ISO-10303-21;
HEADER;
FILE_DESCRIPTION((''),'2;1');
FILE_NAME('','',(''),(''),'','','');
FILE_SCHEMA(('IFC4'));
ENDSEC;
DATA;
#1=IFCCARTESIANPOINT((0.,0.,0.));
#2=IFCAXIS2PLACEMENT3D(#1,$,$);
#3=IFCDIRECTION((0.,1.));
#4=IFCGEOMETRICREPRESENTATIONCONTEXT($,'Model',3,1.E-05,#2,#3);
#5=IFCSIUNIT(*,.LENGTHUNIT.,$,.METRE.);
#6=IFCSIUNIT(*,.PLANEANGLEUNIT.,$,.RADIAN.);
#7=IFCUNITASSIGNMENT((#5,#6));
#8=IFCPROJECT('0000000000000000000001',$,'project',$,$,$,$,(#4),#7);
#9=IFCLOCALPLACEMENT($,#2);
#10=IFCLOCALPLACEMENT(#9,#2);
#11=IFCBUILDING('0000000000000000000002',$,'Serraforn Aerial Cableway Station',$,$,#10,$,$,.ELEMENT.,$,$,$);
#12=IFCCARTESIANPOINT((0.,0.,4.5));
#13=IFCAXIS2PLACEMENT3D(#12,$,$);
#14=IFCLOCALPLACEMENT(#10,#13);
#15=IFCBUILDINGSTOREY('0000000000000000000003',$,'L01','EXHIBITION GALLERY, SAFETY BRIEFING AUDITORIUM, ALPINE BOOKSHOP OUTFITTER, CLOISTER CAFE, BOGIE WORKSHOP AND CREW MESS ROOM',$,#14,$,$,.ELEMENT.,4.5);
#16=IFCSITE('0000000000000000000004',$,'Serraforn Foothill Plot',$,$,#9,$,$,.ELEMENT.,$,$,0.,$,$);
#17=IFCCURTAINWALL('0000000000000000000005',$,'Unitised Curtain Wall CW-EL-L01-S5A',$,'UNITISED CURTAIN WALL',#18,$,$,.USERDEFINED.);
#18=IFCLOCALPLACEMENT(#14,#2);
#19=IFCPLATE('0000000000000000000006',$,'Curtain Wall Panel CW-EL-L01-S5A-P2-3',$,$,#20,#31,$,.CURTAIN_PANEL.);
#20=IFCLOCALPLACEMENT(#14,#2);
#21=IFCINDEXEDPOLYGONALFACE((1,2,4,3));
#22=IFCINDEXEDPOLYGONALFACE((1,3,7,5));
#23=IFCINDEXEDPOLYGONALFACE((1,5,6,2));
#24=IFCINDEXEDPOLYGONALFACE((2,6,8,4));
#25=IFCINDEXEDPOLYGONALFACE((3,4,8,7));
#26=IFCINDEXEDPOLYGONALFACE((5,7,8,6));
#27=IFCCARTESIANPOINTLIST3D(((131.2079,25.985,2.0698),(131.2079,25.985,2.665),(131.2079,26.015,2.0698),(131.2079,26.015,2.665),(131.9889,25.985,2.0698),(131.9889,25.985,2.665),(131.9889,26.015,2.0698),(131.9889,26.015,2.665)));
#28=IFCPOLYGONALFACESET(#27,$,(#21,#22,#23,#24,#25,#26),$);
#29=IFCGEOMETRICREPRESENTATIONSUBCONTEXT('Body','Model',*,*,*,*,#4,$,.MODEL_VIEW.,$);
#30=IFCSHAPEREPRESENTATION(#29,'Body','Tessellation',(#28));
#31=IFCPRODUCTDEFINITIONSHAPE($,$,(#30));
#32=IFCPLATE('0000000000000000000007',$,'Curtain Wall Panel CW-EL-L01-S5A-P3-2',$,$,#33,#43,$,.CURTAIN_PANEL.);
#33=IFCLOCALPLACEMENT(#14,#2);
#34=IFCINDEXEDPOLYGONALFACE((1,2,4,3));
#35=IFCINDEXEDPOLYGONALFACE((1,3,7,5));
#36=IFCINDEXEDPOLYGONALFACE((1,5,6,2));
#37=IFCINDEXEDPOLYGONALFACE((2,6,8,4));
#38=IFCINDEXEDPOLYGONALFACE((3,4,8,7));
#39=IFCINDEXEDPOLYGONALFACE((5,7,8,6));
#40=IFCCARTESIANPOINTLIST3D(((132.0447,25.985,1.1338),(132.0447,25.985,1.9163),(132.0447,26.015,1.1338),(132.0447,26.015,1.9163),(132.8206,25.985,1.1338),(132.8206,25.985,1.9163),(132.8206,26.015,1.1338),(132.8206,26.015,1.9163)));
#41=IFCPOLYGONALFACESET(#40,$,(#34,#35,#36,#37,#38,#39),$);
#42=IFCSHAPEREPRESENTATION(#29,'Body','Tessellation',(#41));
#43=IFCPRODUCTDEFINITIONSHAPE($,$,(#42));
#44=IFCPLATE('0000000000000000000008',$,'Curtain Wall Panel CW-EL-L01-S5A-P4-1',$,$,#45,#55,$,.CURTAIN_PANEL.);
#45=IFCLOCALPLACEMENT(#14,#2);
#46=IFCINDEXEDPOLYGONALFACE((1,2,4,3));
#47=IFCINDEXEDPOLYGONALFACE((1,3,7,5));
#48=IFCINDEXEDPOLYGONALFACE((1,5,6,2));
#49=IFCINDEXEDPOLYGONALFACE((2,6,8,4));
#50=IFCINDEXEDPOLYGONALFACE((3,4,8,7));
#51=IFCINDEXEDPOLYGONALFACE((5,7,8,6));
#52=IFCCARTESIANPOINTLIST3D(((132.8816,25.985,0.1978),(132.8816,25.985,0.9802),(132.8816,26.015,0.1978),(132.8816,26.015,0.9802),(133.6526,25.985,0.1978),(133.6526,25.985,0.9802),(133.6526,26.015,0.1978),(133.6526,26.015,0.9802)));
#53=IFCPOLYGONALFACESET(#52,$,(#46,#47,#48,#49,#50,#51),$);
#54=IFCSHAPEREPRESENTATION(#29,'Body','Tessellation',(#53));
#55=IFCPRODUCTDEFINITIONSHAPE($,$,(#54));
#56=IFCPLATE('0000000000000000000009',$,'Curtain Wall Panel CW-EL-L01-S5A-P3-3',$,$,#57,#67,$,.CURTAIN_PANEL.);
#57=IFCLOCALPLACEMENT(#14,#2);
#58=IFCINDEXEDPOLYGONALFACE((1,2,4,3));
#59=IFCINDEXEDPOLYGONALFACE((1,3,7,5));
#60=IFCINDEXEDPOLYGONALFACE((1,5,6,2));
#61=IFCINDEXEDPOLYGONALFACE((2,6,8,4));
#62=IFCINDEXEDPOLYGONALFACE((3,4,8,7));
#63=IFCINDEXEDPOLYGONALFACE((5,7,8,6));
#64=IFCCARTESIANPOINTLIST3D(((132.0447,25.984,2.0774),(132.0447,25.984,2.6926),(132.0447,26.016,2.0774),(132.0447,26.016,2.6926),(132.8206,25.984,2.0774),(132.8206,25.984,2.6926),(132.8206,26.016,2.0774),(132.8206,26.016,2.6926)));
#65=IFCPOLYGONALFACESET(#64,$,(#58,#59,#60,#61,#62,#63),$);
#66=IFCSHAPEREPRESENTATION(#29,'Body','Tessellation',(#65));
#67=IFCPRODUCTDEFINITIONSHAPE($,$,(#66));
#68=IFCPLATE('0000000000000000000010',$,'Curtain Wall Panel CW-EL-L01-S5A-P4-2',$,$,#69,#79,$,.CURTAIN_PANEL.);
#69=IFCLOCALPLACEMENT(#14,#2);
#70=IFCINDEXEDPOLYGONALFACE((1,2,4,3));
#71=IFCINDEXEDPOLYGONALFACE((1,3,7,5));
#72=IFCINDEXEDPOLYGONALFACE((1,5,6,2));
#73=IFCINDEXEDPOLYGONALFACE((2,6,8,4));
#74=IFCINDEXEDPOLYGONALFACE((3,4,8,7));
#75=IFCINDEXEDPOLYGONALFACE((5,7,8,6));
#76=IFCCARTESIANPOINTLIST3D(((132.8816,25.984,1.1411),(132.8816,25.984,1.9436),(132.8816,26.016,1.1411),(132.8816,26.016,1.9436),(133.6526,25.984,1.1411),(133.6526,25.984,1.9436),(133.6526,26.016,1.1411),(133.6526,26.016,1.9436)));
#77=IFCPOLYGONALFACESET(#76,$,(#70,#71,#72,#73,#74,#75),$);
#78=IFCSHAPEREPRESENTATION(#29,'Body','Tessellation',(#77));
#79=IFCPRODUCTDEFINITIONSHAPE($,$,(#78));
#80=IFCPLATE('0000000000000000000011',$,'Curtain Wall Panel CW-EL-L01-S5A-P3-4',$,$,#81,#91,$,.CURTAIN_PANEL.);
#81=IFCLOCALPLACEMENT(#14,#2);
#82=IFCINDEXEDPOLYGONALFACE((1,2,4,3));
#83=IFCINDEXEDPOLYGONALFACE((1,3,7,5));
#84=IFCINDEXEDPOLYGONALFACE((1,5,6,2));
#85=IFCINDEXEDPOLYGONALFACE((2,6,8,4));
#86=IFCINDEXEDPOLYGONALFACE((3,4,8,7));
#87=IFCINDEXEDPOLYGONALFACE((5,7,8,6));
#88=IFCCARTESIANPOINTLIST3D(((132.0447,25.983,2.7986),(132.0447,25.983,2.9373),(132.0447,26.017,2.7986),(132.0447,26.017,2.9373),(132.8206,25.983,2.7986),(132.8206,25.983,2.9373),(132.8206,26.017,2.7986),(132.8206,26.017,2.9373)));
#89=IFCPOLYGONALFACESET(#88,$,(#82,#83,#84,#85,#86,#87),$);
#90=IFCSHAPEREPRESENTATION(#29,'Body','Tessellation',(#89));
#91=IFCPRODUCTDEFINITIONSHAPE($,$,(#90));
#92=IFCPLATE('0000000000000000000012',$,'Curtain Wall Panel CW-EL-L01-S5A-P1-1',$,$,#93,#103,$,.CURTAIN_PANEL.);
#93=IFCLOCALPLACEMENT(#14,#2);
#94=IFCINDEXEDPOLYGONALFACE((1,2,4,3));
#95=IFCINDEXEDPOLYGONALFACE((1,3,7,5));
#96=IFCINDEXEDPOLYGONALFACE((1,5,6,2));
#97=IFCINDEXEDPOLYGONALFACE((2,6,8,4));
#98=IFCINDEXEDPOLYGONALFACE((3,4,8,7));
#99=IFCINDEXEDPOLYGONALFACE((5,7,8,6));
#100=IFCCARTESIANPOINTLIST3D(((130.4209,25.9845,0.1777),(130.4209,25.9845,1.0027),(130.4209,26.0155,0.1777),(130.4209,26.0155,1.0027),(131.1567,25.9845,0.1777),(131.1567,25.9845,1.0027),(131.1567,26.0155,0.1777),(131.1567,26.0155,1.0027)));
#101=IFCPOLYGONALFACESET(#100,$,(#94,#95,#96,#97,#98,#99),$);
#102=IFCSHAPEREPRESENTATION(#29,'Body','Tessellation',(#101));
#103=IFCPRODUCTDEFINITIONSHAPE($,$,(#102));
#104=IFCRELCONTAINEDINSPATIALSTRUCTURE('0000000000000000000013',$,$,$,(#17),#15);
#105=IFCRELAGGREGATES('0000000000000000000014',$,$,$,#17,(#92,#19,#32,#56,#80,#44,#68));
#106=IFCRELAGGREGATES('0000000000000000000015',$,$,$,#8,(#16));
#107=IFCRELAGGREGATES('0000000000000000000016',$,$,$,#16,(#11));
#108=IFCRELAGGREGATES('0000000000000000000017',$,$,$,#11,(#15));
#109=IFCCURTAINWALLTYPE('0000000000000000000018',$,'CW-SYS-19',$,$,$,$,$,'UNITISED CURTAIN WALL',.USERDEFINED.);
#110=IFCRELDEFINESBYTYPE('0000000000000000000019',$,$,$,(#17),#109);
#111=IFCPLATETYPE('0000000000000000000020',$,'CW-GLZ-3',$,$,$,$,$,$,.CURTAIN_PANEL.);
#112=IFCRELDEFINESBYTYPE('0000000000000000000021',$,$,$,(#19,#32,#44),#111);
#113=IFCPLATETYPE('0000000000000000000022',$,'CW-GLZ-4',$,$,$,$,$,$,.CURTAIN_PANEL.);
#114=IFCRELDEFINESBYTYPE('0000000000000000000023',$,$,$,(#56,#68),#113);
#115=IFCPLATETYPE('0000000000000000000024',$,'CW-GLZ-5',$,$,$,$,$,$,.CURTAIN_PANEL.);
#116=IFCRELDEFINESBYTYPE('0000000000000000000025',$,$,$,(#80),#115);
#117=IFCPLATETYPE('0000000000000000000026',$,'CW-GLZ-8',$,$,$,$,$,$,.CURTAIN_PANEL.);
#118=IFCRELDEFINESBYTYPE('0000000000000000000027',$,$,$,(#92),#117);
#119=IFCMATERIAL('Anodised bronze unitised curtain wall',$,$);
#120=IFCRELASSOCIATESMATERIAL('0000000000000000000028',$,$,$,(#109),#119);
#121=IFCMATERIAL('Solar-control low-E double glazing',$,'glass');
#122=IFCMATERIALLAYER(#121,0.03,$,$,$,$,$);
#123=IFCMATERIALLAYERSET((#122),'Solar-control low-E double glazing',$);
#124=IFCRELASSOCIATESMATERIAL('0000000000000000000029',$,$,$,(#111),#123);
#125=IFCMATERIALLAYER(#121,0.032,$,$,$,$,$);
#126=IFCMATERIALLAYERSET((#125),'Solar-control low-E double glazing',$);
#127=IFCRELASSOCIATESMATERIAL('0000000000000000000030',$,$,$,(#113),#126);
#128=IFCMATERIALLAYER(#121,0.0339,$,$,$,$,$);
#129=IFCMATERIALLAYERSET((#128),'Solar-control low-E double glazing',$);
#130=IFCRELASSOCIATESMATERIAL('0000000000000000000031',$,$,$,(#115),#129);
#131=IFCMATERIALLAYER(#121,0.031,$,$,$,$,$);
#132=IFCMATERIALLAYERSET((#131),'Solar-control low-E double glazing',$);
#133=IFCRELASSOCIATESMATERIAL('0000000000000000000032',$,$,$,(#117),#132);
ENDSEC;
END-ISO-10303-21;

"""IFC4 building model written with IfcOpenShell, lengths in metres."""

from ifc_helpers import new_model, si_unit, direction, frame, origin, origin_2d, place, context, subcontext, project, spatial, rectangle, extrude, material, layer, layer_set, type_object, element, aggregate, save


model = new_model("IFC4")

# Units and contexts
model_context = context("Model", 3, precision=1e-05, world=origin(), true_north=direction((0.0, 1.0)))
body_context = subcontext(model_context, "Body", "Model", "MODEL_VIEW")
ifc_project = project(units=[si_unit("LENGTHUNIT", "METRE"), si_unit("PLANEANGLEUNIT", "RADIAN")], contexts=[model_context])

# Site, building, storey
site_placement = place(None, origin())
site = spatial("IfcSite", under=ifc_project, at=site_placement, Name="Serraforn Foothill Plot", CompositionType="ELEMENT", RefElevation=0.0)
building_placement = place(site_placement, origin())
building = spatial("IfcBuilding", under=site, at=building_placement, Name="Serraforn Aerial Cableway Station", CompositionType="ELEMENT")
storey_placement = place(building_placement, frame((0.0, 0.0, 4.5)))
storey = spatial("IfcBuildingStorey", under=building, at=storey_placement, Name="L01", Description="EXHIBITION GALLERY, SAFETY BRIEFING AUDITORIUM, ALPINE BOOKSHOP OUTFITTER, CLOISTER CAFE, BOGIE WORKSHOP AND CREW MESS ROOM", CompositionType="ELEMENT", Elevation=4.5)

# Curtain wall, plates
ifc_material_1 = material(Name="Anodised bronze unitised curtain wall")
curtain_wall_type = type_object("IfcCurtainWallType", Name="CW-SYS-19", ElementType="UNITISED CURTAIN WALL", PredefinedType="USERDEFINED", material=ifc_material_1)
curtain_wall_placement = place(storey_placement, origin())
curtain_wall = element("IfcCurtainWall", 1, at=curtain_wall_placement, inside=storey, type_object=curtain_wall_type, Name="Unitised Curtain Wall CW-EL-L01-S5A", ObjectType="UNITISED CURTAIN WALL", PredefinedType="USERDEFINED")
ifc_material_2 = material(Name="Solar-control low-E double glazing", Category="glass")
ifc_layer_1 = layer(ifc_material_2, 0.03)
ifc_layer_set_1 = layer_set([ifc_layer_1], Name="Solar-control low-E double glazing")
plate_type_1 = type_object("IfcPlateType", Name="CW-GLZ-3", PredefinedType="CURTAIN_PANEL", material=ifc_layer_set_1)
plate_1_placement = place(storey_placement, frame((131.5984, 26.0, 2.0698), z_axis=(0.0, 0.0, 1.0), x_axis=(1.0, 0.0, 0.0)))
plate_1 = element("IfcPlate", 2, at=plate_1_placement, type_object=plate_type_1, Name="Curtain Wall Panel CW-EL-L01-S5A-P2-3", PredefinedType="CURTAIN_PANEL", context=body_context, shape_type="SweptSolid", body=[
    extrude(rectangle(XDim=0.781, YDim=0.03, at=origin_2d()), origin(), (0.0, 0.0, 1.0), 0.5952),
])
plate_2_placement = place(storey_placement, frame((132.4326, 26.0, 1.1338), z_axis=(0.0, 0.0, 1.0), x_axis=(1.0, 0.0, 0.0)))
plate_2 = element("IfcPlate", 3, at=plate_2_placement, type_object=plate_type_1, Name="Curtain Wall Panel CW-EL-L01-S5A-P3-2", PredefinedType="CURTAIN_PANEL", context=body_context, shape_type="SweptSolid", body=[
    extrude(rectangle(XDim=0.7759, YDim=0.03, at=origin_2d()), origin(), (0.0, 0.0, 1.0), 0.7825),
])
plate_3_placement = place(storey_placement, frame((133.2671, 26.0, 0.1978), z_axis=(0.0, 0.0, 1.0), x_axis=(1.0, 0.0, 0.0)))
plate_3 = element("IfcPlate", 4, at=plate_3_placement, type_object=plate_type_1, Name="Curtain Wall Panel CW-EL-L01-S5A-P4-1", PredefinedType="CURTAIN_PANEL", context=body_context, shape_type="SweptSolid", body=[
    extrude(rectangle(XDim=0.771, YDim=0.03, at=origin_2d()), origin(), (0.0, 0.0, 1.0), 0.7825),
])
ifc_layer_2 = layer(ifc_material_2, 0.032)
ifc_layer_set_2 = layer_set([ifc_layer_2], Name="Solar-control low-E double glazing")
plate_type_2 = type_object("IfcPlateType", Name="CW-GLZ-4", PredefinedType="CURTAIN_PANEL", material=ifc_layer_set_2)
plate_4_placement = place(storey_placement, frame((132.4326, 26.0, 2.0774), z_axis=(0.0, 0.0, 1.0), x_axis=(1.0, 0.0, 0.0)))
plate_4 = element("IfcPlate", 5, at=plate_4_placement, type_object=plate_type_2, Name="Curtain Wall Panel CW-EL-L01-S5A-P3-3", PredefinedType="CURTAIN_PANEL", context=body_context, shape_type="SweptSolid", body=[
    extrude(rectangle(XDim=0.7759, YDim=0.032, at=origin_2d()), origin(), (0.0, 0.0, 1.0), 0.6152),
])
plate_5_placement = place(storey_placement, frame((133.2671, 26.0, 1.1411), z_axis=(0.0, 0.0, 1.0), x_axis=(1.0, 0.0, 0.0)))
plate_5 = element("IfcPlate", 6, at=plate_5_placement, type_object=plate_type_2, Name="Curtain Wall Panel CW-EL-L01-S5A-P4-2", PredefinedType="CURTAIN_PANEL", context=body_context, shape_type="SweptSolid", body=[
    extrude(rectangle(XDim=0.771, YDim=0.032, at=origin_2d()), origin(), (0.0, 0.0, 1.0), 0.8025),
])
ifc_layer_3 = layer(ifc_material_2, 0.0339)
ifc_layer_set_3 = layer_set([ifc_layer_3], Name="Solar-control low-E double glazing")
plate_type_3 = type_object("IfcPlateType", Name="CW-GLZ-5", PredefinedType="CURTAIN_PANEL", material=ifc_layer_set_3)
plate_6_placement = place(storey_placement, frame((132.4326, 26.0, 2.7986), z_axis=(0.0, 0.0, 1.0), x_axis=(1.0, 0.0, 0.0)))
plate_6 = element("IfcPlate", 7, at=plate_6_placement, type_object=plate_type_3, Name="Curtain Wall Panel CW-EL-L01-S5A-P3-4", PredefinedType="CURTAIN_PANEL", context=body_context, shape_type="SweptSolid", body=[
    extrude(rectangle(XDim=0.7759, YDim=0.0339, at=origin_2d()), origin(), (0.0, 0.0, 1.0), 0.1387),
])
ifc_layer_4 = layer(ifc_material_2, 0.031)
ifc_layer_set_4 = layer_set([ifc_layer_4], Name="Solar-control low-E double glazing")
plate_type_4 = type_object("IfcPlateType", Name="CW-GLZ-8", PredefinedType="CURTAIN_PANEL", material=ifc_layer_set_4)
plate_7_placement = place(storey_placement, frame((130.7888, 26.0, 0.1777), z_axis=(0.0, 0.0, 1.0), x_axis=(1.0, 0.0, 0.0)))
plate_7 = element("IfcPlate", 8, at=plate_7_placement, type_object=plate_type_4, Name="Curtain Wall Panel CW-EL-L01-S5A-P1-1", PredefinedType="CURTAIN_PANEL", context=body_context, shape_type="SweptSolid", body=[
    extrude(rectangle(XDim=0.7358, YDim=0.031, at=origin_2d()), origin(), (0.0, 0.0, 1.0), 0.825),
])
aggregate(curtain_wall, [plate_7, plate_1, plate_2, plate_4, plate_6, plate_3, plate_5])

save(model, "model.ifc")
